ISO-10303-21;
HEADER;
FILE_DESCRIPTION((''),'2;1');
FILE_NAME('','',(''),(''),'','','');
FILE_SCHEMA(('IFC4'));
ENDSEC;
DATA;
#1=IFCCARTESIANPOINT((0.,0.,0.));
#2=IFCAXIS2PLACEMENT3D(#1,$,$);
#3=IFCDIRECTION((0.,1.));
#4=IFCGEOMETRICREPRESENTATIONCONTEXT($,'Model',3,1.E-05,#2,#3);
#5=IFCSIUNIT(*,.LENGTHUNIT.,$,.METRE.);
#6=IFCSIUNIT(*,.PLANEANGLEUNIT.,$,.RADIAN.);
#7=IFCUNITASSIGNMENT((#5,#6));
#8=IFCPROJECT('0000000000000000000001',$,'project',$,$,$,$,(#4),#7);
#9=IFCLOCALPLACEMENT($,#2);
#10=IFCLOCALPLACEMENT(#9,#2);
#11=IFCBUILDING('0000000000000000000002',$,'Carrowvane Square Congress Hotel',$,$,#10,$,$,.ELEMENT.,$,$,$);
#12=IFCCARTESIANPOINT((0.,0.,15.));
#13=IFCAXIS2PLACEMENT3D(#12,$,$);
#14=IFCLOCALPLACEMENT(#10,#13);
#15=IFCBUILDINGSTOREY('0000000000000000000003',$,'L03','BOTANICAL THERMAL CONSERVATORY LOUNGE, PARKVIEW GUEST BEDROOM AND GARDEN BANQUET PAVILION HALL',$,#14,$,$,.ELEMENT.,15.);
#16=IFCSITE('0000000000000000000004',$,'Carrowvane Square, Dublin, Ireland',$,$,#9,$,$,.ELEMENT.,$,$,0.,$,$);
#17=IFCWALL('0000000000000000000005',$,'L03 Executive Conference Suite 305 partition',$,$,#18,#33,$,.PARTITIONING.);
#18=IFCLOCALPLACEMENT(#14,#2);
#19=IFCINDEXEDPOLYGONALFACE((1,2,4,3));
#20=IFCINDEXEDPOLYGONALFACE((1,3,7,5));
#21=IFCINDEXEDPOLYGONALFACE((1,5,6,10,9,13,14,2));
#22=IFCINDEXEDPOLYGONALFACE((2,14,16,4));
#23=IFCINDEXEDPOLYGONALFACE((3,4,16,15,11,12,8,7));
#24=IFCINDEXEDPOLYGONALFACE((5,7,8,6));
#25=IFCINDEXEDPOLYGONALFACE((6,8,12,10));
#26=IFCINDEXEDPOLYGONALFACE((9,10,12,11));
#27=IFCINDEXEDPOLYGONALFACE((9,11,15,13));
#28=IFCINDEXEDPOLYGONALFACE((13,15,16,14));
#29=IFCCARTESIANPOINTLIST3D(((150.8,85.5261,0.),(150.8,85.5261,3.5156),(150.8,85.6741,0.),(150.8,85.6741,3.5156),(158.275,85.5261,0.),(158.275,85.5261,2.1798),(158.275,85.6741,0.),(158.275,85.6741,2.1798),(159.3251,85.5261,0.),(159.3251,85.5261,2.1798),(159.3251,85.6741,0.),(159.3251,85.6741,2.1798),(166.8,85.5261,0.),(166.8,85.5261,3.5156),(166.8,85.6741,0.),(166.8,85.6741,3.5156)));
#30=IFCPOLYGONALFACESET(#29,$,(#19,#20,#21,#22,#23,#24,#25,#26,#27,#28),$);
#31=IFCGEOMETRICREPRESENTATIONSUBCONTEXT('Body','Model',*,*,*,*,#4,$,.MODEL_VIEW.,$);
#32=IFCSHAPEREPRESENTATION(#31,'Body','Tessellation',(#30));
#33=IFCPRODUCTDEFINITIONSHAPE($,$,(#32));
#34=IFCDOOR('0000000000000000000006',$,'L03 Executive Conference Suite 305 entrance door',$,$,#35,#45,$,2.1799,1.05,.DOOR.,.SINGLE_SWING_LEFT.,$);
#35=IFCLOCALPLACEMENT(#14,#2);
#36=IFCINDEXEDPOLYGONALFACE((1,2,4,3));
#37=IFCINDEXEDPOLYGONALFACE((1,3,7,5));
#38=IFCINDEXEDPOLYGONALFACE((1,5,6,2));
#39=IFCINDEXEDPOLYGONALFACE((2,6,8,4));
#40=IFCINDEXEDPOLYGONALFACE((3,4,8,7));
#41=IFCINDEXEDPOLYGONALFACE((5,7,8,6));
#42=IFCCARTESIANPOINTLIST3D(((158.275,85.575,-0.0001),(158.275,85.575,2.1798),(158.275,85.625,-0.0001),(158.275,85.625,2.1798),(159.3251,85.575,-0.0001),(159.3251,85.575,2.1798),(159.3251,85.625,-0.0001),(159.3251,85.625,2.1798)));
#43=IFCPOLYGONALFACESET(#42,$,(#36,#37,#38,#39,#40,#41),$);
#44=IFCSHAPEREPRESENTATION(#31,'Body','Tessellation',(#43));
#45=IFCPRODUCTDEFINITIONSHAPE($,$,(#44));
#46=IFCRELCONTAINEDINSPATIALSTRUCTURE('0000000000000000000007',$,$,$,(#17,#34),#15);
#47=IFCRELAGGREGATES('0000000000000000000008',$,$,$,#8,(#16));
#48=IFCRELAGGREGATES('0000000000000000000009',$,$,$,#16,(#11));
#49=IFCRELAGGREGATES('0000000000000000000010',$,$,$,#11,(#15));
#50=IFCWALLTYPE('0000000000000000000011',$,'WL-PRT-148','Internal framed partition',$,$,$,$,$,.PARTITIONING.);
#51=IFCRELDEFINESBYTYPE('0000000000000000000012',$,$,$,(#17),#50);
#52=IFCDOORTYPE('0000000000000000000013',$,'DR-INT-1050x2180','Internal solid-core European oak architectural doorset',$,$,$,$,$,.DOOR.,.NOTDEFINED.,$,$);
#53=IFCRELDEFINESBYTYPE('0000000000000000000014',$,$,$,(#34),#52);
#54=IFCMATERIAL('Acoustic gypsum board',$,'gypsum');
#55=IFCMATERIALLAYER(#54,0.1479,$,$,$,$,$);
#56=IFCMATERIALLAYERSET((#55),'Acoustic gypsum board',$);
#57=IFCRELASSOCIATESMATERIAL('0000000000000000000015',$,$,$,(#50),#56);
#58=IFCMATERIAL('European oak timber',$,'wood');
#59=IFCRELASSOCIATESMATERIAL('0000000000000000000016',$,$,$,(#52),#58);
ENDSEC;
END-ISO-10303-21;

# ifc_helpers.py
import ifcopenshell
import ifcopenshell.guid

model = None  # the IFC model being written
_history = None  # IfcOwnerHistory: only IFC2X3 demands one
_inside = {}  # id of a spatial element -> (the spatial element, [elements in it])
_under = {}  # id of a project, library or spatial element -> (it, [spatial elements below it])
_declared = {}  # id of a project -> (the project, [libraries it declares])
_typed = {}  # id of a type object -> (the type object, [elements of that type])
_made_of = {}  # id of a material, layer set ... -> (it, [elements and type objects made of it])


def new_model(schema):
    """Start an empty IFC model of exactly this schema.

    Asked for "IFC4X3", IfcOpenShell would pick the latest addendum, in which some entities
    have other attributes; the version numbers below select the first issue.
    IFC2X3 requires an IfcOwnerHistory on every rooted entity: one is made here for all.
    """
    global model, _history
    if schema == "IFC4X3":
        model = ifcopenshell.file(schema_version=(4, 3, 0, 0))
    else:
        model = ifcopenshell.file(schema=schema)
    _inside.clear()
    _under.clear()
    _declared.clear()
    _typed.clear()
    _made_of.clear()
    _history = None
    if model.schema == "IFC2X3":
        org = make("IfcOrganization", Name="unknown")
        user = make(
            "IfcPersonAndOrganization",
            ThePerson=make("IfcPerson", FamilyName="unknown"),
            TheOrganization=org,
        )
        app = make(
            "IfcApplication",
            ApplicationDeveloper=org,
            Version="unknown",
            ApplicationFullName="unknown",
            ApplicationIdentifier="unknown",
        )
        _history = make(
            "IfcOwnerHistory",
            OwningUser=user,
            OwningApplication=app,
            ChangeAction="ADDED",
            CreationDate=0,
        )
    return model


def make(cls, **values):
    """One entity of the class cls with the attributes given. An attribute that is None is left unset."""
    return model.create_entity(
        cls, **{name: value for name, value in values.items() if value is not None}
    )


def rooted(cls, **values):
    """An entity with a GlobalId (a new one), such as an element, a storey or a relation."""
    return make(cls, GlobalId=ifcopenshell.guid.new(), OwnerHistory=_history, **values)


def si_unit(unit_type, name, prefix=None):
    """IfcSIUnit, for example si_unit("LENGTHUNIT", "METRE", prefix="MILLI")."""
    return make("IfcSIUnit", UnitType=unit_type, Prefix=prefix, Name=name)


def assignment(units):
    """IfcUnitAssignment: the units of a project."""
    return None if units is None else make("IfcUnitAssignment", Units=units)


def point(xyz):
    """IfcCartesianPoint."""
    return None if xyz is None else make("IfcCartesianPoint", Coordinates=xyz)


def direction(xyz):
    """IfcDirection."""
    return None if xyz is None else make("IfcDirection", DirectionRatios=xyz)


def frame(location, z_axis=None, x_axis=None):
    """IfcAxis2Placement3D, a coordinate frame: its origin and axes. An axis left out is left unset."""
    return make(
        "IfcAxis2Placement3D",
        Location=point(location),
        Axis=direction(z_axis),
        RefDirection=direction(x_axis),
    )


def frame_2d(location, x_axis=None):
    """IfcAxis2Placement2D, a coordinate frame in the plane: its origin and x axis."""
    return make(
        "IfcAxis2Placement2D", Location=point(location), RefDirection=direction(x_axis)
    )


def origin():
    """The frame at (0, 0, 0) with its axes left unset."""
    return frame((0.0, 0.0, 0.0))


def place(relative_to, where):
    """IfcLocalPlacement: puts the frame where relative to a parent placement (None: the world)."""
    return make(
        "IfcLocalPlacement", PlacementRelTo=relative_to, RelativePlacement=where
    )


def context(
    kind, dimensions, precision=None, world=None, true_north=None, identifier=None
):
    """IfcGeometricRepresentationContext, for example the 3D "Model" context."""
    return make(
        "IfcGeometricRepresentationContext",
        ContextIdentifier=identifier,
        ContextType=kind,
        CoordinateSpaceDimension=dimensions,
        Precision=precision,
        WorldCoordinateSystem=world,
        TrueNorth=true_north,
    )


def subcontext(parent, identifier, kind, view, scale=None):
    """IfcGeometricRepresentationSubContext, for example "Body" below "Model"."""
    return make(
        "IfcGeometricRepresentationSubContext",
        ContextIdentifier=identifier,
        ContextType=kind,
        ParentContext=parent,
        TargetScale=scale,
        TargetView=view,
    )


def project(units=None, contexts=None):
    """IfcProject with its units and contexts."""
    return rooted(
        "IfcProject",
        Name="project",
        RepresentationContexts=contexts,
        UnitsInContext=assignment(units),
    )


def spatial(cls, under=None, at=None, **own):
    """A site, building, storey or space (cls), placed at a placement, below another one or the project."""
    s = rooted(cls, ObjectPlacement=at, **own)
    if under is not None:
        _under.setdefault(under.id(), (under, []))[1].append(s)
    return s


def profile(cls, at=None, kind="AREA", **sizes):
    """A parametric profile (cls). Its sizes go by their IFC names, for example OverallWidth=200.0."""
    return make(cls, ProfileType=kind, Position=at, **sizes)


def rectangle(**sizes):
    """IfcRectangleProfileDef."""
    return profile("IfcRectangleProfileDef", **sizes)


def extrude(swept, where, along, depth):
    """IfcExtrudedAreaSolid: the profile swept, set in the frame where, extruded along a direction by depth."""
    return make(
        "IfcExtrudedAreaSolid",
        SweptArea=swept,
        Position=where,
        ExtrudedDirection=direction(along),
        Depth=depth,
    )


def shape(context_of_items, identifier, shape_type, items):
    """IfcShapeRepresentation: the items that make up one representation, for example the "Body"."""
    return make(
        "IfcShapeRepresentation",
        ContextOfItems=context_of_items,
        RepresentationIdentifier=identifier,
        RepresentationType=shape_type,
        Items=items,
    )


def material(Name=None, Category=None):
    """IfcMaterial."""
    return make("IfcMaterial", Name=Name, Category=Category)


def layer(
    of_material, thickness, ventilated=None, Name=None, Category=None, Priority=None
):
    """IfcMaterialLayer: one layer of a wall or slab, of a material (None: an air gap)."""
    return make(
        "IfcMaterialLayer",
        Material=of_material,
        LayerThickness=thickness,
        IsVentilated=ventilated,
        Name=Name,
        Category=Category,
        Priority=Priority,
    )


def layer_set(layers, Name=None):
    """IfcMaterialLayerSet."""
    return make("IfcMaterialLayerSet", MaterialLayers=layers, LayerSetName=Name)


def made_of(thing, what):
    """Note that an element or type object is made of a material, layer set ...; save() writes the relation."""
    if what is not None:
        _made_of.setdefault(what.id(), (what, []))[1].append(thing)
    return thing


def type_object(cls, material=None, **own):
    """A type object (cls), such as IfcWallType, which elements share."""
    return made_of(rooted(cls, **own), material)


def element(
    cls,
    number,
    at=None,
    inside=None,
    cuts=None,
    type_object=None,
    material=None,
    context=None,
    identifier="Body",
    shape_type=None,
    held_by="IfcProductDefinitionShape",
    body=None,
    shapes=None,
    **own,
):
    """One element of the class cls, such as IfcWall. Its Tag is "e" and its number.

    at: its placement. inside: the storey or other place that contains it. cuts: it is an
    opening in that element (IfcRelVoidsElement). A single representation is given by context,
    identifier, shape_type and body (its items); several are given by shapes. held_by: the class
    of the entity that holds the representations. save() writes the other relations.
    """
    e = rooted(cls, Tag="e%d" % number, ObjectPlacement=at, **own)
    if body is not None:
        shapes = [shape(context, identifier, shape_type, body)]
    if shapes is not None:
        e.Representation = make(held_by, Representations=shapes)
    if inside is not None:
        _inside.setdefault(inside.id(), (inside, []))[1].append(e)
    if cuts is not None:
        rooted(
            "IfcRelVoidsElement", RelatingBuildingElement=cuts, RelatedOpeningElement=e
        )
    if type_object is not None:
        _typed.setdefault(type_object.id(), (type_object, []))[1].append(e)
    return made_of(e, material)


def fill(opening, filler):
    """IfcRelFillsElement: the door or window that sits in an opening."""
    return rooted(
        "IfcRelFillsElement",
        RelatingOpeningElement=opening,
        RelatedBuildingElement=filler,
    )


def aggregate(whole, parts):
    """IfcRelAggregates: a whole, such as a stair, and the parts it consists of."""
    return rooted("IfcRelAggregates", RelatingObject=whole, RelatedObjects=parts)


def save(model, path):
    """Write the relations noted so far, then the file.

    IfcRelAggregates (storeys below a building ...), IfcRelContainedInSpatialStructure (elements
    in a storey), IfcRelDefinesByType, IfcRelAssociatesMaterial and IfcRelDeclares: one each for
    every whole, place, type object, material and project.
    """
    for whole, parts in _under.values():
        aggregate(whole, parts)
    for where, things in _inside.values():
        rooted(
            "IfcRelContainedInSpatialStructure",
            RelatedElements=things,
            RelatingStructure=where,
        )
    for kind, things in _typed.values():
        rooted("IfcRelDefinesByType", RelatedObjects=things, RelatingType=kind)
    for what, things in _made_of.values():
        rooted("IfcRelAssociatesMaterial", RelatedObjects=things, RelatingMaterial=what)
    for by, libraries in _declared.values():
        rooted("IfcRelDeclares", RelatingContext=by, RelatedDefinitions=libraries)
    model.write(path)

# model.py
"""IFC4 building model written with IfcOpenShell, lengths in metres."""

from ifc_helpers import new_model, si_unit, direction, frame, frame_2d, origin, place, context, subcontext, project, spatial, rectangle, extrude, material, layer, layer_set, type_object, element, fill, save


model = new_model("IFC4")

# Units and contexts
model_context = context("Model", 3, precision=1e-05, world=origin(), true_north=direction((0.0, 1.0)))
body_context = subcontext(model_context, "Body", "Model", "MODEL_VIEW")
ifc_project = project(units=[si_unit("LENGTHUNIT", "METRE"), si_unit("PLANEANGLEUNIT", "RADIAN")], contexts=[model_context])

# Site, building, storey
site_placement = place(None, origin())
site = spatial("IfcSite", under=ifc_project, at=site_placement, Name="Carrowvane Square, Dublin, Ireland", CompositionType="ELEMENT", RefElevation=0.0)
building_placement = place(site_placement, origin())
building = spatial("IfcBuilding", under=site, at=building_placement, Name="Carrowvane Square Congress Hotel", CompositionType="ELEMENT")
storey_placement = place(building_placement, frame((0.0, 0.0, 15.0)))
storey = spatial("IfcBuildingStorey", under=building, at=storey_placement, Name="L03", Description="BOTANICAL THERMAL CONSERVATORY LOUNGE, PARKVIEW GUEST BEDROOM AND GARDEN BANQUET PAVILION HALL", CompositionType="ELEMENT", Elevation=15.0)

# Wall, opening, door
ifc_material_1 = material(Name="Acoustic gypsum board", Category="gypsum")
ifc_layer_1 = layer(ifc_material_1, 0.1479)
ifc_layer_set_1 = layer_set([ifc_layer_1], Name="Acoustic gypsum board")
wall_type_1 = type_object("IfcWallType", Name="WL-PRT-148", Description="Internal framed partition", PredefinedType="PARTITIONING", material=ifc_layer_set_1)
wall_1_placement = place(storey_placement, frame((150.8, 85.6001, 0.0), z_axis=(0.0, 0.0, 1.0), x_axis=(1.0, 0.0, 0.0)))
wall_1 = element("IfcWall", 1, at=wall_1_placement, inside=storey, type_object=wall_type_1, Name="L03 Executive Conference Suite 305 partition", PredefinedType="PARTITIONING", context=body_context, shape_type="SweptSolid", body=[
    extrude(rectangle(XDim=16.0, YDim=0.1479, at=frame_2d((8.0, 0.0))), origin(), (0.0, 0.0, 1.0), 3.5156),
])
opening_1_placement = place(wall_1_placement, frame((7.4751, 0.0, 0.0)))
opening_1 = element("IfcOpeningElement", 2, at=opening_1_placement, cuts=wall_1, PredefinedType="OPENING", context=body_context, shape_type="SweptSolid", body=[
    extrude(rectangle(XDim=1.05, YDim=2.1799, at=frame_2d((0.5249, 1.0898))), frame((0.0, 0.084, 0.0), z_axis=(0.0, -1.0, 0.0), x_axis=(1.0, 0.0, 0.0)), (0.0, 0.0, 1.0), 0.168),
])
ifc_material_2 = material(Name="European oak timber", Category="wood")
door_type_1 = type_object("IfcDoorType", Name="DR-INT-1050x2180", Description="Internal solid-core European oak architectural doorset", OperationType="NOTDEFINED", PredefinedType="DOOR", material=ifc_material_2)
door_1_placement = place(opening_1_placement, origin())
door_1 = element("IfcDoor", 3, at=door_1_placement, inside=storey, type_object=door_type_1, Name="L03 Executive Conference Suite 305 entrance door", OperationType="SINGLE_SWING_LEFT", OverallHeight=2.1799, OverallWidth=1.05, PredefinedType="DOOR", context=body_context, shape_type="SweptSolid", body=[
    extrude(rectangle(XDim=1.05, YDim=2.1799, at=frame_2d((0.5249, 1.0898))), frame((0.0, 0.0249, 0.0), z_axis=(0.0, -1.0, 0.0), x_axis=(1.0, 0.0, 0.0)), (0.0, 0.0, 1.0), 0.05),
])
fill(opening_1, door_1)

save(model, "model.ifc")
